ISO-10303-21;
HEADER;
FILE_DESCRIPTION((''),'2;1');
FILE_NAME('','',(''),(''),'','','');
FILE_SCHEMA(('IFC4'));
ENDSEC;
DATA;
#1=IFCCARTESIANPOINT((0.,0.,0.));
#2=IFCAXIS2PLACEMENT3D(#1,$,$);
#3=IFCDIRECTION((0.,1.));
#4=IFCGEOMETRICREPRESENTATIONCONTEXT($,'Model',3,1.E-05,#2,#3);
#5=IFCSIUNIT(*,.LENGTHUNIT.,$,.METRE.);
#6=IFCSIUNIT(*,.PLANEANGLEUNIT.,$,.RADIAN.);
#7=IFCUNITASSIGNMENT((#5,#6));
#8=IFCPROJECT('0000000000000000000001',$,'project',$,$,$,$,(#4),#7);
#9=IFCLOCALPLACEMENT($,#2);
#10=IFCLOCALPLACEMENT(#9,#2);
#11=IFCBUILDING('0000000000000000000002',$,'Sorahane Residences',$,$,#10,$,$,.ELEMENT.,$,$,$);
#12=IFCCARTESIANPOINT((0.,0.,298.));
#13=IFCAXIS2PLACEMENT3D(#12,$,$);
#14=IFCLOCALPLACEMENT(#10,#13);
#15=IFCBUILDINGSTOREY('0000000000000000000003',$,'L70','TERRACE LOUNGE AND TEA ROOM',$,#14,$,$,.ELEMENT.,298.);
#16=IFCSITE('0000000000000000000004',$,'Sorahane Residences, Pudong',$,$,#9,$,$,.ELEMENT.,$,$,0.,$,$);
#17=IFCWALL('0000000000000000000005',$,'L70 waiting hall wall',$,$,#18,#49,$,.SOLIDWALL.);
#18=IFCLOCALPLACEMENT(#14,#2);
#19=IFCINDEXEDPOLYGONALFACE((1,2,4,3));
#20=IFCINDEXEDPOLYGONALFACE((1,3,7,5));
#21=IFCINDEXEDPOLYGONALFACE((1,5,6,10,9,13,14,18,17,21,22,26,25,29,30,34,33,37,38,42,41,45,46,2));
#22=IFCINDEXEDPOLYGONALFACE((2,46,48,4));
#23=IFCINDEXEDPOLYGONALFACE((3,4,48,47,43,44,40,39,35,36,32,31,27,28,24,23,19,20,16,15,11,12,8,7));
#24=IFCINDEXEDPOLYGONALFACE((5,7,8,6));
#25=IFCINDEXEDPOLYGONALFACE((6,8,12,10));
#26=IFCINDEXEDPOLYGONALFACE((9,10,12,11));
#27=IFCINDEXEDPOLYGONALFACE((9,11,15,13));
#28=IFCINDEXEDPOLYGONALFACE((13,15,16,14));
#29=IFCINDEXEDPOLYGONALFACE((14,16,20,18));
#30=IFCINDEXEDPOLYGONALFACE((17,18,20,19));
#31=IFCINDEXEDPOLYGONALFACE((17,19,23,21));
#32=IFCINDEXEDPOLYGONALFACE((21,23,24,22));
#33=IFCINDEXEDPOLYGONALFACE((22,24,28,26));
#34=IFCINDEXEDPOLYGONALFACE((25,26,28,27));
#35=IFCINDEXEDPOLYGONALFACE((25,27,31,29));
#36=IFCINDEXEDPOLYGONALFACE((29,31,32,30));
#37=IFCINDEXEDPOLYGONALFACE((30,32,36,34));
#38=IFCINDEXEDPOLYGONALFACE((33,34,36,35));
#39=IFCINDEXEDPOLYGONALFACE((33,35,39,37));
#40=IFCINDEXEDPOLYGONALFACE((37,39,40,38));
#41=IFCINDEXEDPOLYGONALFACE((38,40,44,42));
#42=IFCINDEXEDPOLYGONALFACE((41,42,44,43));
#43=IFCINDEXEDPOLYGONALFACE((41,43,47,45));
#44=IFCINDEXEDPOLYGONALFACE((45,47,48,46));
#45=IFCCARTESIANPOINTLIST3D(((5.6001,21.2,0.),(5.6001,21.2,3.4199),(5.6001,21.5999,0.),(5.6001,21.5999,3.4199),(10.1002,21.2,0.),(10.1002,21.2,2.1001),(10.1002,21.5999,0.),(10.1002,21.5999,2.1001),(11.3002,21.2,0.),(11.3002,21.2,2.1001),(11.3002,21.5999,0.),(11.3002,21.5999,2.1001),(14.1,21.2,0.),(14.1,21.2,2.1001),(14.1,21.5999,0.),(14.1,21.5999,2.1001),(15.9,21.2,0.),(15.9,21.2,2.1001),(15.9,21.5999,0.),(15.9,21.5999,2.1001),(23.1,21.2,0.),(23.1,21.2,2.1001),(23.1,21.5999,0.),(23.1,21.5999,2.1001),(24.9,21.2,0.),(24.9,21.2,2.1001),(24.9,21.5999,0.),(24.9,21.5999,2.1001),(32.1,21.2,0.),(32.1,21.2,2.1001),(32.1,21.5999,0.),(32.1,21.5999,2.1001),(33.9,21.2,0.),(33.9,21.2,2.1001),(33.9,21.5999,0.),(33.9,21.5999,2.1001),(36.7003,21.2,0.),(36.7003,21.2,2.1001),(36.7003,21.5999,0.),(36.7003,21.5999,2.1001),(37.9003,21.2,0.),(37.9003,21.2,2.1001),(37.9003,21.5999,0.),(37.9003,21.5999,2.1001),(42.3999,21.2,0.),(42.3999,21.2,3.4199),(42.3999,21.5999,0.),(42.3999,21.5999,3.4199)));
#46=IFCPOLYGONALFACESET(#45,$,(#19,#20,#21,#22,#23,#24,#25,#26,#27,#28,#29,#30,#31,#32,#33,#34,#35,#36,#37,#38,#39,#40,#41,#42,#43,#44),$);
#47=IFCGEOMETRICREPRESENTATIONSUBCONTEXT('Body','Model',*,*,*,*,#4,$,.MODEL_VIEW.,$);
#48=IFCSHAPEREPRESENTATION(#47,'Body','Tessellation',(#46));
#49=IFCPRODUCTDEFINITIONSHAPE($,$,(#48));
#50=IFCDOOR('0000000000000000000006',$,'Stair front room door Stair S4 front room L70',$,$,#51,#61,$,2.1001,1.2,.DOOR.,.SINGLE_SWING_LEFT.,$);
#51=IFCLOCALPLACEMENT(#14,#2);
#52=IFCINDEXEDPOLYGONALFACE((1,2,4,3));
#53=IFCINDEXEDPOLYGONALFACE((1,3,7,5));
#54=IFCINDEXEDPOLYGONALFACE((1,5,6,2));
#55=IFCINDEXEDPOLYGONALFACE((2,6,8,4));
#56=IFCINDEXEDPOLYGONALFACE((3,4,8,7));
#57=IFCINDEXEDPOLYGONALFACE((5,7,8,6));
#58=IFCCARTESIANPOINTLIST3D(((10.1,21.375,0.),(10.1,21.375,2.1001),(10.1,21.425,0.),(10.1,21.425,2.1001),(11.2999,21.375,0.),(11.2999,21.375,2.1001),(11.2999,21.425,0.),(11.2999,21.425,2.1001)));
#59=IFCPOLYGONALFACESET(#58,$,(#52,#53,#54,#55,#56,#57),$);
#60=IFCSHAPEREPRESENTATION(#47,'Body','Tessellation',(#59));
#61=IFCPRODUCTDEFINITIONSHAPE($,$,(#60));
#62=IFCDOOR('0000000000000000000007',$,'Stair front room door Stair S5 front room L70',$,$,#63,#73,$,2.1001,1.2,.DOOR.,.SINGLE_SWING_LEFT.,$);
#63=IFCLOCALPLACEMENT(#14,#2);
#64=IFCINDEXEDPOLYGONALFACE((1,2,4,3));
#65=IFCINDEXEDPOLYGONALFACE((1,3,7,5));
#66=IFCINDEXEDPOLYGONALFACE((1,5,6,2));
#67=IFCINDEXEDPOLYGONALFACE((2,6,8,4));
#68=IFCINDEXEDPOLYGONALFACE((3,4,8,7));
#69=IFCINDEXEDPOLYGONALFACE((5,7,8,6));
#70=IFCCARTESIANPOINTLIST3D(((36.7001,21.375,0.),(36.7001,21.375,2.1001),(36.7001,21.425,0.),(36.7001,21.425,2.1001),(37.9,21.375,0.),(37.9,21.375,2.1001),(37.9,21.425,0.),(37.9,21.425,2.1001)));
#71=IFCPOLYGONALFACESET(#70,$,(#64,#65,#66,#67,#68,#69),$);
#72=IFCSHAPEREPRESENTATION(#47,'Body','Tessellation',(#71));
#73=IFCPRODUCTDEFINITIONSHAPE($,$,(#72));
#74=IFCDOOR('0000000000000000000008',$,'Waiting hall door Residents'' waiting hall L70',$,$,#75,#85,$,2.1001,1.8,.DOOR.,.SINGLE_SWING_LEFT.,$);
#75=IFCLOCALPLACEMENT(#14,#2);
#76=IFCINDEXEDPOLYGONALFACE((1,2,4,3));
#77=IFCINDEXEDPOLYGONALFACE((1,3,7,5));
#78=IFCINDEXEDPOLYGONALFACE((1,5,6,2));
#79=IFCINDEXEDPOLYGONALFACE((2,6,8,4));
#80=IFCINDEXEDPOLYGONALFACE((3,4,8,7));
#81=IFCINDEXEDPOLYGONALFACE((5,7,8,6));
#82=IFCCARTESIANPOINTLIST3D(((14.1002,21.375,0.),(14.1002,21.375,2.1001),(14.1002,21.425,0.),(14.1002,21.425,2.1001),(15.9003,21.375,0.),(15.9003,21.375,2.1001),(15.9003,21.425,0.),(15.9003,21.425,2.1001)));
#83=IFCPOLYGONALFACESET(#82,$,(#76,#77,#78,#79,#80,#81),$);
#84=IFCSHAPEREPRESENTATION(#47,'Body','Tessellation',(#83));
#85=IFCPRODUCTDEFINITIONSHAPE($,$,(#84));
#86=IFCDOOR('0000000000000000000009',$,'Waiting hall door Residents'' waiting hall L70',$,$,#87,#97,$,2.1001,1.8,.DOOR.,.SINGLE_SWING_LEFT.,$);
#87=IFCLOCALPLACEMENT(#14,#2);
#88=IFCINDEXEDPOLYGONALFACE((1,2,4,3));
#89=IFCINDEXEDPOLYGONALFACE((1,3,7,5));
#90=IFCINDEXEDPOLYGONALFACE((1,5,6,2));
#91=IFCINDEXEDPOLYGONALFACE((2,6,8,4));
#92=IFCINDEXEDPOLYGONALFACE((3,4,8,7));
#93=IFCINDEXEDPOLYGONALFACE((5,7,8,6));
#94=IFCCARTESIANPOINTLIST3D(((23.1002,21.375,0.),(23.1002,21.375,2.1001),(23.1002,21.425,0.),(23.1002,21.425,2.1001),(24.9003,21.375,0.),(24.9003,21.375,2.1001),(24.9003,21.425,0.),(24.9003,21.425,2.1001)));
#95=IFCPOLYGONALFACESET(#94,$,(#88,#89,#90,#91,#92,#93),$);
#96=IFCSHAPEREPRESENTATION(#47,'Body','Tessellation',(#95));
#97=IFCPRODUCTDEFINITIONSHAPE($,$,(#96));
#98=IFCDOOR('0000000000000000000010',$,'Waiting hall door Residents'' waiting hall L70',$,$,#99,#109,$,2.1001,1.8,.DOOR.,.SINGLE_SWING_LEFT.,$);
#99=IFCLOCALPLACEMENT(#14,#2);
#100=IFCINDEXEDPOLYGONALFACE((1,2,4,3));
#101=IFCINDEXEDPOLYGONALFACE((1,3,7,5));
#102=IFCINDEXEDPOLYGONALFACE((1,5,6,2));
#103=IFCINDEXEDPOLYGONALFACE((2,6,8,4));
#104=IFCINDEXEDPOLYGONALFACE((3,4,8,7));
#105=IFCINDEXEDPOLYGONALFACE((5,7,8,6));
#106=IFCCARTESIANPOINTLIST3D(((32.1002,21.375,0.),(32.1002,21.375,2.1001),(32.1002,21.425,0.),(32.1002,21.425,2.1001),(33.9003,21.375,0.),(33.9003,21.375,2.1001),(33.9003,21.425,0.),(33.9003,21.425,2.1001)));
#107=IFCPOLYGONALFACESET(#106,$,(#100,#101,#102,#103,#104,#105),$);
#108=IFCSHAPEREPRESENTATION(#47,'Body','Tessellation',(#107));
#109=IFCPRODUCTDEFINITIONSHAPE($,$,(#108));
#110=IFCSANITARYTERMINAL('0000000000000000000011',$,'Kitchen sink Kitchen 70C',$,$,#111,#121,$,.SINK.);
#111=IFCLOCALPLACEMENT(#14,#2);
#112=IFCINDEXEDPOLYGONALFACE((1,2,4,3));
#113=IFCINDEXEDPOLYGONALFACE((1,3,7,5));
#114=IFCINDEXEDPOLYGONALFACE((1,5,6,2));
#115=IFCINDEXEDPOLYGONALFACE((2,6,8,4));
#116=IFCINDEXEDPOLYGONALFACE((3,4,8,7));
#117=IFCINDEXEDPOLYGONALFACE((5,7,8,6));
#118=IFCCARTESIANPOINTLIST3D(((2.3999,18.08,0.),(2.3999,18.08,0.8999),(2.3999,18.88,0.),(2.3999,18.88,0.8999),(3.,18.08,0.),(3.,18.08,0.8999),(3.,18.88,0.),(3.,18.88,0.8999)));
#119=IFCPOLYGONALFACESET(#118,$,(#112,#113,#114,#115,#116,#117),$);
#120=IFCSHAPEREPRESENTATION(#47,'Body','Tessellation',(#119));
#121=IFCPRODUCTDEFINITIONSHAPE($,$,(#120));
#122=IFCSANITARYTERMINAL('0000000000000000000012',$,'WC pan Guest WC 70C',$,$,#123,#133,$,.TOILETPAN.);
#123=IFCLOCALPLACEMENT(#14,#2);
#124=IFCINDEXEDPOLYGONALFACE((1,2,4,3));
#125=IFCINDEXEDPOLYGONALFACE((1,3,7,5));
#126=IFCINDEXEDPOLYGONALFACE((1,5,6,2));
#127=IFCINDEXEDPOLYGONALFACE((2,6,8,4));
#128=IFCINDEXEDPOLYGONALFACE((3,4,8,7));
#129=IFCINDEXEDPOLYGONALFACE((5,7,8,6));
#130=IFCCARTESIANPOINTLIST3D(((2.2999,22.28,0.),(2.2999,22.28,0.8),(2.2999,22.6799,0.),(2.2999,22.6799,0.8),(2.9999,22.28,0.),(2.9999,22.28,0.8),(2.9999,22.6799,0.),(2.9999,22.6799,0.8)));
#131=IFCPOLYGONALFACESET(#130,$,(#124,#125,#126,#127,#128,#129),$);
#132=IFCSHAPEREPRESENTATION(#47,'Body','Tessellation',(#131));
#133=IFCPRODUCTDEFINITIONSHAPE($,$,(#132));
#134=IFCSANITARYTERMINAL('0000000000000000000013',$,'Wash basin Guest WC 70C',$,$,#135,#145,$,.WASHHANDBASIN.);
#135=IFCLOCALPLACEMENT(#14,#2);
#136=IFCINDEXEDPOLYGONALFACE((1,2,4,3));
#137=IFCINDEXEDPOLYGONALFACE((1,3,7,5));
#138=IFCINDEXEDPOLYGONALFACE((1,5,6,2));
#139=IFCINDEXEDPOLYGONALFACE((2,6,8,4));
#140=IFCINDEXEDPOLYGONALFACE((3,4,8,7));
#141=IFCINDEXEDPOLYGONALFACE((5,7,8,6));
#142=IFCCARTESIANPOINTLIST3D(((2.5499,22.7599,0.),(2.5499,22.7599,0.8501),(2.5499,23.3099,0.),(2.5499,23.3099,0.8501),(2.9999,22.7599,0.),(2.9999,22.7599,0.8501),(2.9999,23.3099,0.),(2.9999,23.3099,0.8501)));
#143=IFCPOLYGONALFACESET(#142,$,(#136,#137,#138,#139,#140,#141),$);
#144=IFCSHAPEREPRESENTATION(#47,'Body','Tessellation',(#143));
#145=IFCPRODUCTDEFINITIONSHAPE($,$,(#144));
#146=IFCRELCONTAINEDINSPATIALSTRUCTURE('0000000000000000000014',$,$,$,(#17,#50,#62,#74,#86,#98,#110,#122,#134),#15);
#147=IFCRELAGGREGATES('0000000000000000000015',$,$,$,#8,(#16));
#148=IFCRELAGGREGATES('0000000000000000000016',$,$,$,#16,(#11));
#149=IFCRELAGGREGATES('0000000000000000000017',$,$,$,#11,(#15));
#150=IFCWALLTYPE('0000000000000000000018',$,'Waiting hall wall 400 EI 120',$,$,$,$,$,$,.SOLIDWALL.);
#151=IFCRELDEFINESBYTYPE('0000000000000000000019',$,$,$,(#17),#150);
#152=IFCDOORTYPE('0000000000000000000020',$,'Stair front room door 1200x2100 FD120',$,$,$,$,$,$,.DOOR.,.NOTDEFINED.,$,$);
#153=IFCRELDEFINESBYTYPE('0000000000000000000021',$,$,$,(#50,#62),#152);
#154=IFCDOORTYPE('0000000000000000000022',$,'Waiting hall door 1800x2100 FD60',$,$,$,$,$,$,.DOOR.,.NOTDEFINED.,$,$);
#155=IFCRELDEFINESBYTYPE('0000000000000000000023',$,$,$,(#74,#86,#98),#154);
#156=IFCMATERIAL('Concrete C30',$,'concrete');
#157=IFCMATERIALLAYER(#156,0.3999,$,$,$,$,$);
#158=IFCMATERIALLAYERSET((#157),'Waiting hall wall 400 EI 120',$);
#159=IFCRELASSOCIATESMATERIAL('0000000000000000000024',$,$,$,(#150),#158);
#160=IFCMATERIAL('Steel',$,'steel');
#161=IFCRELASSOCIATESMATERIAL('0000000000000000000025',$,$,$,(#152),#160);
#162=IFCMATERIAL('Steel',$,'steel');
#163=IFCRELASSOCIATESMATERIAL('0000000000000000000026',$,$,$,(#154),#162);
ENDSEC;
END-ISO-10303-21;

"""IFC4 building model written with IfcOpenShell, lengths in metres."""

from ifc_helpers import new_model, si_unit, direction, frame, frame_2d, origin, origin_2d, place, context, subcontext, project, spatial, rectangle, extrude, material, layer, layer_set, type_object, element, fill, save


model = new_model("IFC4")

# Units and contexts
model_context = context("Model", 3, precision=1e-05, world=origin(), true_north=direction((0.0, 1.0)))
body_context = subcontext(model_context, "Body", "Model", "MODEL_VIEW")
ifc_project = project(units=[si_unit("LENGTHUNIT", "METRE"), si_unit("PLANEANGLEUNIT", "RADIAN")], contexts=[model_context])

# Site, building, storey
site_placement = place(None, origin())
site = spatial("IfcSite", under=ifc_project, at=site_placement, Name="Sorahane Residences, Pudong", CompositionType="ELEMENT", RefElevation=0.0)
building_placement = place(site_placement, origin())
building = spatial("IfcBuilding", under=site, at=building_placement, Name="Sorahane Residences", CompositionType="ELEMENT")
storey_placement = place(building_placement, frame((0.0, 0.0, 298.0)))
storey = spatial("IfcBuildingStorey", under=building, at=storey_placement, Name="L70", Description="TERRACE LOUNGE AND TEA ROOM", CompositionType="ELEMENT", Elevation=298.0)

# Wall, openings, doors
ifc_material_1 = material(Name="Concrete C30", Category="concrete")
ifc_layer_1 = layer(ifc_material_1, 0.3999)
ifc_layer_set_1 = layer_set([ifc_layer_1], Name="Waiting hall wall 400 EI 120")
wall_type_1 = type_object("IfcWallType", Name="Waiting hall wall 400 EI 120", PredefinedType="SOLIDWALL", material=ifc_layer_set_1)
wall_1_placement = place(storey_placement, frame((5.6001, 21.3999, 0.0), z_axis=(0.0, 0.0, 1.0), x_axis=(1.0, 0.0, 0.0)))
wall_1 = element("IfcWall", 1, at=wall_1_placement, inside=storey, type_object=wall_type_1, Name="L70 waiting hall wall", PredefinedType="SOLIDWALL", context=body_context, shape_type="SweptSolid", body=[
    extrude(rectangle(XDim=36.7998, YDim=0.3999, at=frame_2d((18.3999, 0.0))), origin(), (0.0, 0.0, 1.0), 3.4199),
])
opening_1_placement = place(wall_1_placement, frame((8.5, 0.0, 0.0)))
opening_1 = element("IfcOpeningElement", 2, at=opening_1_placement, cuts=wall_1, PredefinedType="OPENING", context=body_context, shape_type="SweptSolid", body=[
    extrude(rectangle(XDim=1.8, YDim=2.1001, at=frame_2d((0.8999, 1.05))), frame((0.0, 0.21, 0.0), z_axis=(0.0, -1.0, 0.0), x_axis=(1.0, 0.0, 0.0)), (0.0, 0.0, 1.0), 0.4199),
])
opening_2_placement = place(wall_1_placement, frame((17.5, 0.0, 0.0)))
opening_2 = element("IfcOpeningElement", 3, at=opening_2_placement, cuts=wall_1, PredefinedType="OPENING", context=body_context, shape_type="SweptSolid", body=[
    extrude(rectangle(XDim=1.8, YDim=2.1001, at=frame_2d((0.8999, 1.05))), frame((0.0, 0.21, 0.0), z_axis=(0.0, -1.0, 0.0), x_axis=(1.0, 0.0, 0.0)), (0.0, 0.0, 1.0), 0.4199),
])
opening_3_placement = place(wall_1_placement, frame((26.5, 0.0, 0.0)))
opening_3 = element("IfcOpeningElement", 4, at=opening_3_placement, cuts=wall_1, PredefinedType="OPENING", context=body_context, shape_type="SweptSolid", body=[
    extrude(rectangle(XDim=1.8, YDim=2.1001, at=frame_2d((0.8999, 1.05))), frame((0.0, 0.21, 0.0), z_axis=(0.0, -1.0, 0.0), x_axis=(1.0, 0.0, 0.0)), (0.0, 0.0, 1.0), 0.4199),
])
opening_4_placement = place(wall_1_placement, frame((4.5, 0.0, 0.0)))
opening_4 = element("IfcOpeningElement", 5, at=opening_4_placement, cuts=wall_1, PredefinedType="OPENING", context=body_context, shape_type="SweptSolid", body=[
    extrude(rectangle(XDim=1.2, YDim=2.1001, at=frame_2d((0.6001, 1.05))), frame((0.0, 0.21, 0.0), z_axis=(0.0, -1.0, 0.0), x_axis=(1.0, 0.0, 0.0)), (0.0, 0.0, 1.0), 0.4199),
])
opening_5_placement = place(wall_1_placement, frame((31.1001, 0.0, 0.0)))
opening_5 = element("IfcOpeningElement", 6, at=opening_5_placement, cuts=wall_1, PredefinedType="OPENING", context=body_context, shape_type="SweptSolid", body=[
    extrude(rectangle(XDim=1.2, YDim=2.1001, at=frame_2d((0.6001, 1.05))), frame((0.0, 0.21, 0.0), z_axis=(0.0, -1.0, 0.0), x_axis=(1.0, 0.0, 0.0)), (0.0, 0.0, 1.0), 0.4199),
])
ifc_material_2 = material(Name="Steel", Category="steel")
door_type_1 = type_object("IfcDoorType", Name="Stair front room door 1200x2100 FD120", OperationType="NOTDEFINED", PredefinedType="DOOR", material=ifc_material_2)
door_1_placement = place(opening_4_placement, frame((1.2, 0.0, 0.0), z_axis=(0.0, 0.0, 1.0), x_axis=(-1.0, 0.0, 0.0)))
door_1 = element("IfcDoor", 7, at=door_1_placement, inside=storey, type_object=door_type_1, Name="Stair front room door Stair S4 front room L70", OperationType="SINGLE_SWING_LEFT", OverallHeight=2.1001, OverallWidth=1.2, PredefinedType="DOOR", context=body_context, shape_type="SweptSolid", body=[
    extrude(rectangle(XDim=1.2, YDim=2.1001, at=frame_2d((0.6001, 1.05))), frame((0.0, 0.0249, 0.0), z_axis=(0.0, -1.0, 0.0), x_axis=(1.0, 0.0, 0.0)), (0.0, 0.0, 1.0), 0.05),
])
fill(opening_4, door_1)
door_2_placement = place(opening_5_placement, frame((1.2, 0.0, 0.0), z_axis=(0.0, 0.0, 1.0), x_axis=(-1.0, 0.0, 0.0)))
door_2 = element("IfcDoor", 8, at=door_2_placement, inside=storey, type_object=door_type_1, Name="Stair front room door Stair S5 front room L70", OperationType="SINGLE_SWING_LEFT", OverallHeight=2.1001, OverallWidth=1.2, PredefinedType="DOOR", context=body_context, shape_type="SweptSolid", body=[
    extrude(rectangle(XDim=1.2, YDim=2.1001, at=frame_2d((0.6001, 1.05))), frame((0.0, 0.0249, 0.0), z_axis=(0.0, -1.0, 0.0), x_axis=(1.0, 0.0, 0.0)), (0.0, 0.0, 1.0), 0.05),
])
fill(opening_5, door_2)
ifc_material_3 = material(Name="Steel", Category="steel")
door_type_2 = type_object("IfcDoorType", Name="Waiting hall door 1800x2100 FD60", OperationType="NOTDEFINED", PredefinedType="DOOR", material=ifc_material_3)
door_3_placement = place(opening_1_placement, frame((1.8, 0.0, 0.0), z_axis=(0.0, 0.0, 1.0), x_axis=(-1.0, 0.0, 0.0)))
door_3 = element("IfcDoor", 9, at=door_3_placement, inside=storey, type_object=door_type_2, Name="Waiting hall door Residents' waiting hall L70", OperationType="SINGLE_SWING_LEFT", OverallHeight=2.1001, OverallWidth=1.8, PredefinedType="DOOR", context=body_context, shape_type="SweptSolid", body=[
    extrude(rectangle(XDim=1.8, YDim=2.1001, at=frame_2d((0.8999, 1.05))), frame((0.0, 0.0249, 0.0), z_axis=(0.0, -1.0, 0.0), x_axis=(1.0, 0.0, 0.0)), (0.0, 0.0, 1.0), 0.05),
])
fill(opening_1, door_3)
door_4_placement = place(opening_2_placement, frame((1.8, 0.0, 0.0), z_axis=(0.0, 0.0, 1.0), x_axis=(-1.0, 0.0, 0.0)))
door_4 = element("IfcDoor", 10, at=door_4_placement, inside=storey, type_object=door_type_2, Name="Waiting hall door Residents' waiting hall L70", OperationType="SINGLE_SWING_LEFT", OverallHeight=2.1001, OverallWidth=1.8, PredefinedType="DOOR", context=body_context, shape_type="SweptSolid", body=[
    extrude(rectangle(XDim=1.8, YDim=2.1001, at=frame_2d((0.8999, 1.05))), frame((0.0, 0.0249, 0.0), z_axis=(0.0, -1.0, 0.0), x_axis=(1.0, 0.0, 0.0)), (0.0, 0.0, 1.0), 0.05),
])
fill(opening_2, door_4)
door_5_placement = place(opening_3_placement, frame((1.8, 0.0, 0.0), z_axis=(0.0, 0.0, 1.0), x_axis=(-1.0, 0.0, 0.0)))
door_5 = element("IfcDoor", 11, at=door_5_placement, inside=storey, type_object=door_type_2, Name="Waiting hall door Residents' waiting hall L70", OperationType="SINGLE_SWING_LEFT", OverallHeight=2.1001, OverallWidth=1.8, PredefinedType="DOOR", context=body_context, shape_type="SweptSolid", body=[
    extrude(rectangle(XDim=1.8, YDim=2.1001, at=frame_2d((0.8999, 1.05))), frame((0.0, 0.0249, 0.0), z_axis=(0.0, -1.0, 0.0), x_axis=(1.0, 0.0, 0.0)), (0.0, 0.0, 1.0), 0.05),
])
fill(opening_3, door_5)

# Sanitary terminals
sanitary_terminal_1_placement = place(storey_placement, frame((2.7, 18.48, 0.0), z_axis=(0.0, 0.0, 1.0), x_axis=(0.0, -1.0, 0.0)))
element("IfcSanitaryTerminal", 12, at=sanitary_terminal_1_placement, inside=storey, Name="Kitchen sink Kitchen 70C", PredefinedType="SINK", context=body_context, shape_type="SweptSolid", body=[
    extrude(rectangle(XDim=0.8, YDim=0.6001, at=origin_2d()), origin(), (0.0, 0.0, 1.0), 0.8999),
])
sanitary_terminal_2_placement = place(storey_placement, frame((2.6499, 22.48, 0.0), z_axis=(0.0, 0.0, 1.0), x_axis=(0.0, -1.0, 0.0)))
element("IfcSanitaryTerminal", 13, at=sanitary_terminal_2_placement, inside=storey, Name="WC pan Guest WC 70C", PredefinedType="TOILETPAN", context=body_context, shape_type="SweptSolid", body=[
    extrude(rectangle(XDim=0.3999, YDim=0.7, at=origin_2d()), origin(), (0.0, 0.0, 1.0), 0.8),
])
sanitary_terminal_3_placement = place(storey_placement, frame((2.7749, 23.0349, 0.0), z_axis=(0.0, 0.0, 1.0), x_axis=(0.0, -1.0, 0.0)))
element("IfcSanitaryTerminal", 14, at=sanitary_terminal_3_placement, inside=storey, Name="Wash basin Guest WC 70C", PredefinedType="WASHHANDBASIN", context=body_context, shape_type="SweptSolid", body=[
    extrude(rectangle(XDim=0.55, YDim=0.45, at=origin_2d()), origin(), (0.0, 0.0, 1.0), 0.8501),
])

save(model, "model.ifc")
